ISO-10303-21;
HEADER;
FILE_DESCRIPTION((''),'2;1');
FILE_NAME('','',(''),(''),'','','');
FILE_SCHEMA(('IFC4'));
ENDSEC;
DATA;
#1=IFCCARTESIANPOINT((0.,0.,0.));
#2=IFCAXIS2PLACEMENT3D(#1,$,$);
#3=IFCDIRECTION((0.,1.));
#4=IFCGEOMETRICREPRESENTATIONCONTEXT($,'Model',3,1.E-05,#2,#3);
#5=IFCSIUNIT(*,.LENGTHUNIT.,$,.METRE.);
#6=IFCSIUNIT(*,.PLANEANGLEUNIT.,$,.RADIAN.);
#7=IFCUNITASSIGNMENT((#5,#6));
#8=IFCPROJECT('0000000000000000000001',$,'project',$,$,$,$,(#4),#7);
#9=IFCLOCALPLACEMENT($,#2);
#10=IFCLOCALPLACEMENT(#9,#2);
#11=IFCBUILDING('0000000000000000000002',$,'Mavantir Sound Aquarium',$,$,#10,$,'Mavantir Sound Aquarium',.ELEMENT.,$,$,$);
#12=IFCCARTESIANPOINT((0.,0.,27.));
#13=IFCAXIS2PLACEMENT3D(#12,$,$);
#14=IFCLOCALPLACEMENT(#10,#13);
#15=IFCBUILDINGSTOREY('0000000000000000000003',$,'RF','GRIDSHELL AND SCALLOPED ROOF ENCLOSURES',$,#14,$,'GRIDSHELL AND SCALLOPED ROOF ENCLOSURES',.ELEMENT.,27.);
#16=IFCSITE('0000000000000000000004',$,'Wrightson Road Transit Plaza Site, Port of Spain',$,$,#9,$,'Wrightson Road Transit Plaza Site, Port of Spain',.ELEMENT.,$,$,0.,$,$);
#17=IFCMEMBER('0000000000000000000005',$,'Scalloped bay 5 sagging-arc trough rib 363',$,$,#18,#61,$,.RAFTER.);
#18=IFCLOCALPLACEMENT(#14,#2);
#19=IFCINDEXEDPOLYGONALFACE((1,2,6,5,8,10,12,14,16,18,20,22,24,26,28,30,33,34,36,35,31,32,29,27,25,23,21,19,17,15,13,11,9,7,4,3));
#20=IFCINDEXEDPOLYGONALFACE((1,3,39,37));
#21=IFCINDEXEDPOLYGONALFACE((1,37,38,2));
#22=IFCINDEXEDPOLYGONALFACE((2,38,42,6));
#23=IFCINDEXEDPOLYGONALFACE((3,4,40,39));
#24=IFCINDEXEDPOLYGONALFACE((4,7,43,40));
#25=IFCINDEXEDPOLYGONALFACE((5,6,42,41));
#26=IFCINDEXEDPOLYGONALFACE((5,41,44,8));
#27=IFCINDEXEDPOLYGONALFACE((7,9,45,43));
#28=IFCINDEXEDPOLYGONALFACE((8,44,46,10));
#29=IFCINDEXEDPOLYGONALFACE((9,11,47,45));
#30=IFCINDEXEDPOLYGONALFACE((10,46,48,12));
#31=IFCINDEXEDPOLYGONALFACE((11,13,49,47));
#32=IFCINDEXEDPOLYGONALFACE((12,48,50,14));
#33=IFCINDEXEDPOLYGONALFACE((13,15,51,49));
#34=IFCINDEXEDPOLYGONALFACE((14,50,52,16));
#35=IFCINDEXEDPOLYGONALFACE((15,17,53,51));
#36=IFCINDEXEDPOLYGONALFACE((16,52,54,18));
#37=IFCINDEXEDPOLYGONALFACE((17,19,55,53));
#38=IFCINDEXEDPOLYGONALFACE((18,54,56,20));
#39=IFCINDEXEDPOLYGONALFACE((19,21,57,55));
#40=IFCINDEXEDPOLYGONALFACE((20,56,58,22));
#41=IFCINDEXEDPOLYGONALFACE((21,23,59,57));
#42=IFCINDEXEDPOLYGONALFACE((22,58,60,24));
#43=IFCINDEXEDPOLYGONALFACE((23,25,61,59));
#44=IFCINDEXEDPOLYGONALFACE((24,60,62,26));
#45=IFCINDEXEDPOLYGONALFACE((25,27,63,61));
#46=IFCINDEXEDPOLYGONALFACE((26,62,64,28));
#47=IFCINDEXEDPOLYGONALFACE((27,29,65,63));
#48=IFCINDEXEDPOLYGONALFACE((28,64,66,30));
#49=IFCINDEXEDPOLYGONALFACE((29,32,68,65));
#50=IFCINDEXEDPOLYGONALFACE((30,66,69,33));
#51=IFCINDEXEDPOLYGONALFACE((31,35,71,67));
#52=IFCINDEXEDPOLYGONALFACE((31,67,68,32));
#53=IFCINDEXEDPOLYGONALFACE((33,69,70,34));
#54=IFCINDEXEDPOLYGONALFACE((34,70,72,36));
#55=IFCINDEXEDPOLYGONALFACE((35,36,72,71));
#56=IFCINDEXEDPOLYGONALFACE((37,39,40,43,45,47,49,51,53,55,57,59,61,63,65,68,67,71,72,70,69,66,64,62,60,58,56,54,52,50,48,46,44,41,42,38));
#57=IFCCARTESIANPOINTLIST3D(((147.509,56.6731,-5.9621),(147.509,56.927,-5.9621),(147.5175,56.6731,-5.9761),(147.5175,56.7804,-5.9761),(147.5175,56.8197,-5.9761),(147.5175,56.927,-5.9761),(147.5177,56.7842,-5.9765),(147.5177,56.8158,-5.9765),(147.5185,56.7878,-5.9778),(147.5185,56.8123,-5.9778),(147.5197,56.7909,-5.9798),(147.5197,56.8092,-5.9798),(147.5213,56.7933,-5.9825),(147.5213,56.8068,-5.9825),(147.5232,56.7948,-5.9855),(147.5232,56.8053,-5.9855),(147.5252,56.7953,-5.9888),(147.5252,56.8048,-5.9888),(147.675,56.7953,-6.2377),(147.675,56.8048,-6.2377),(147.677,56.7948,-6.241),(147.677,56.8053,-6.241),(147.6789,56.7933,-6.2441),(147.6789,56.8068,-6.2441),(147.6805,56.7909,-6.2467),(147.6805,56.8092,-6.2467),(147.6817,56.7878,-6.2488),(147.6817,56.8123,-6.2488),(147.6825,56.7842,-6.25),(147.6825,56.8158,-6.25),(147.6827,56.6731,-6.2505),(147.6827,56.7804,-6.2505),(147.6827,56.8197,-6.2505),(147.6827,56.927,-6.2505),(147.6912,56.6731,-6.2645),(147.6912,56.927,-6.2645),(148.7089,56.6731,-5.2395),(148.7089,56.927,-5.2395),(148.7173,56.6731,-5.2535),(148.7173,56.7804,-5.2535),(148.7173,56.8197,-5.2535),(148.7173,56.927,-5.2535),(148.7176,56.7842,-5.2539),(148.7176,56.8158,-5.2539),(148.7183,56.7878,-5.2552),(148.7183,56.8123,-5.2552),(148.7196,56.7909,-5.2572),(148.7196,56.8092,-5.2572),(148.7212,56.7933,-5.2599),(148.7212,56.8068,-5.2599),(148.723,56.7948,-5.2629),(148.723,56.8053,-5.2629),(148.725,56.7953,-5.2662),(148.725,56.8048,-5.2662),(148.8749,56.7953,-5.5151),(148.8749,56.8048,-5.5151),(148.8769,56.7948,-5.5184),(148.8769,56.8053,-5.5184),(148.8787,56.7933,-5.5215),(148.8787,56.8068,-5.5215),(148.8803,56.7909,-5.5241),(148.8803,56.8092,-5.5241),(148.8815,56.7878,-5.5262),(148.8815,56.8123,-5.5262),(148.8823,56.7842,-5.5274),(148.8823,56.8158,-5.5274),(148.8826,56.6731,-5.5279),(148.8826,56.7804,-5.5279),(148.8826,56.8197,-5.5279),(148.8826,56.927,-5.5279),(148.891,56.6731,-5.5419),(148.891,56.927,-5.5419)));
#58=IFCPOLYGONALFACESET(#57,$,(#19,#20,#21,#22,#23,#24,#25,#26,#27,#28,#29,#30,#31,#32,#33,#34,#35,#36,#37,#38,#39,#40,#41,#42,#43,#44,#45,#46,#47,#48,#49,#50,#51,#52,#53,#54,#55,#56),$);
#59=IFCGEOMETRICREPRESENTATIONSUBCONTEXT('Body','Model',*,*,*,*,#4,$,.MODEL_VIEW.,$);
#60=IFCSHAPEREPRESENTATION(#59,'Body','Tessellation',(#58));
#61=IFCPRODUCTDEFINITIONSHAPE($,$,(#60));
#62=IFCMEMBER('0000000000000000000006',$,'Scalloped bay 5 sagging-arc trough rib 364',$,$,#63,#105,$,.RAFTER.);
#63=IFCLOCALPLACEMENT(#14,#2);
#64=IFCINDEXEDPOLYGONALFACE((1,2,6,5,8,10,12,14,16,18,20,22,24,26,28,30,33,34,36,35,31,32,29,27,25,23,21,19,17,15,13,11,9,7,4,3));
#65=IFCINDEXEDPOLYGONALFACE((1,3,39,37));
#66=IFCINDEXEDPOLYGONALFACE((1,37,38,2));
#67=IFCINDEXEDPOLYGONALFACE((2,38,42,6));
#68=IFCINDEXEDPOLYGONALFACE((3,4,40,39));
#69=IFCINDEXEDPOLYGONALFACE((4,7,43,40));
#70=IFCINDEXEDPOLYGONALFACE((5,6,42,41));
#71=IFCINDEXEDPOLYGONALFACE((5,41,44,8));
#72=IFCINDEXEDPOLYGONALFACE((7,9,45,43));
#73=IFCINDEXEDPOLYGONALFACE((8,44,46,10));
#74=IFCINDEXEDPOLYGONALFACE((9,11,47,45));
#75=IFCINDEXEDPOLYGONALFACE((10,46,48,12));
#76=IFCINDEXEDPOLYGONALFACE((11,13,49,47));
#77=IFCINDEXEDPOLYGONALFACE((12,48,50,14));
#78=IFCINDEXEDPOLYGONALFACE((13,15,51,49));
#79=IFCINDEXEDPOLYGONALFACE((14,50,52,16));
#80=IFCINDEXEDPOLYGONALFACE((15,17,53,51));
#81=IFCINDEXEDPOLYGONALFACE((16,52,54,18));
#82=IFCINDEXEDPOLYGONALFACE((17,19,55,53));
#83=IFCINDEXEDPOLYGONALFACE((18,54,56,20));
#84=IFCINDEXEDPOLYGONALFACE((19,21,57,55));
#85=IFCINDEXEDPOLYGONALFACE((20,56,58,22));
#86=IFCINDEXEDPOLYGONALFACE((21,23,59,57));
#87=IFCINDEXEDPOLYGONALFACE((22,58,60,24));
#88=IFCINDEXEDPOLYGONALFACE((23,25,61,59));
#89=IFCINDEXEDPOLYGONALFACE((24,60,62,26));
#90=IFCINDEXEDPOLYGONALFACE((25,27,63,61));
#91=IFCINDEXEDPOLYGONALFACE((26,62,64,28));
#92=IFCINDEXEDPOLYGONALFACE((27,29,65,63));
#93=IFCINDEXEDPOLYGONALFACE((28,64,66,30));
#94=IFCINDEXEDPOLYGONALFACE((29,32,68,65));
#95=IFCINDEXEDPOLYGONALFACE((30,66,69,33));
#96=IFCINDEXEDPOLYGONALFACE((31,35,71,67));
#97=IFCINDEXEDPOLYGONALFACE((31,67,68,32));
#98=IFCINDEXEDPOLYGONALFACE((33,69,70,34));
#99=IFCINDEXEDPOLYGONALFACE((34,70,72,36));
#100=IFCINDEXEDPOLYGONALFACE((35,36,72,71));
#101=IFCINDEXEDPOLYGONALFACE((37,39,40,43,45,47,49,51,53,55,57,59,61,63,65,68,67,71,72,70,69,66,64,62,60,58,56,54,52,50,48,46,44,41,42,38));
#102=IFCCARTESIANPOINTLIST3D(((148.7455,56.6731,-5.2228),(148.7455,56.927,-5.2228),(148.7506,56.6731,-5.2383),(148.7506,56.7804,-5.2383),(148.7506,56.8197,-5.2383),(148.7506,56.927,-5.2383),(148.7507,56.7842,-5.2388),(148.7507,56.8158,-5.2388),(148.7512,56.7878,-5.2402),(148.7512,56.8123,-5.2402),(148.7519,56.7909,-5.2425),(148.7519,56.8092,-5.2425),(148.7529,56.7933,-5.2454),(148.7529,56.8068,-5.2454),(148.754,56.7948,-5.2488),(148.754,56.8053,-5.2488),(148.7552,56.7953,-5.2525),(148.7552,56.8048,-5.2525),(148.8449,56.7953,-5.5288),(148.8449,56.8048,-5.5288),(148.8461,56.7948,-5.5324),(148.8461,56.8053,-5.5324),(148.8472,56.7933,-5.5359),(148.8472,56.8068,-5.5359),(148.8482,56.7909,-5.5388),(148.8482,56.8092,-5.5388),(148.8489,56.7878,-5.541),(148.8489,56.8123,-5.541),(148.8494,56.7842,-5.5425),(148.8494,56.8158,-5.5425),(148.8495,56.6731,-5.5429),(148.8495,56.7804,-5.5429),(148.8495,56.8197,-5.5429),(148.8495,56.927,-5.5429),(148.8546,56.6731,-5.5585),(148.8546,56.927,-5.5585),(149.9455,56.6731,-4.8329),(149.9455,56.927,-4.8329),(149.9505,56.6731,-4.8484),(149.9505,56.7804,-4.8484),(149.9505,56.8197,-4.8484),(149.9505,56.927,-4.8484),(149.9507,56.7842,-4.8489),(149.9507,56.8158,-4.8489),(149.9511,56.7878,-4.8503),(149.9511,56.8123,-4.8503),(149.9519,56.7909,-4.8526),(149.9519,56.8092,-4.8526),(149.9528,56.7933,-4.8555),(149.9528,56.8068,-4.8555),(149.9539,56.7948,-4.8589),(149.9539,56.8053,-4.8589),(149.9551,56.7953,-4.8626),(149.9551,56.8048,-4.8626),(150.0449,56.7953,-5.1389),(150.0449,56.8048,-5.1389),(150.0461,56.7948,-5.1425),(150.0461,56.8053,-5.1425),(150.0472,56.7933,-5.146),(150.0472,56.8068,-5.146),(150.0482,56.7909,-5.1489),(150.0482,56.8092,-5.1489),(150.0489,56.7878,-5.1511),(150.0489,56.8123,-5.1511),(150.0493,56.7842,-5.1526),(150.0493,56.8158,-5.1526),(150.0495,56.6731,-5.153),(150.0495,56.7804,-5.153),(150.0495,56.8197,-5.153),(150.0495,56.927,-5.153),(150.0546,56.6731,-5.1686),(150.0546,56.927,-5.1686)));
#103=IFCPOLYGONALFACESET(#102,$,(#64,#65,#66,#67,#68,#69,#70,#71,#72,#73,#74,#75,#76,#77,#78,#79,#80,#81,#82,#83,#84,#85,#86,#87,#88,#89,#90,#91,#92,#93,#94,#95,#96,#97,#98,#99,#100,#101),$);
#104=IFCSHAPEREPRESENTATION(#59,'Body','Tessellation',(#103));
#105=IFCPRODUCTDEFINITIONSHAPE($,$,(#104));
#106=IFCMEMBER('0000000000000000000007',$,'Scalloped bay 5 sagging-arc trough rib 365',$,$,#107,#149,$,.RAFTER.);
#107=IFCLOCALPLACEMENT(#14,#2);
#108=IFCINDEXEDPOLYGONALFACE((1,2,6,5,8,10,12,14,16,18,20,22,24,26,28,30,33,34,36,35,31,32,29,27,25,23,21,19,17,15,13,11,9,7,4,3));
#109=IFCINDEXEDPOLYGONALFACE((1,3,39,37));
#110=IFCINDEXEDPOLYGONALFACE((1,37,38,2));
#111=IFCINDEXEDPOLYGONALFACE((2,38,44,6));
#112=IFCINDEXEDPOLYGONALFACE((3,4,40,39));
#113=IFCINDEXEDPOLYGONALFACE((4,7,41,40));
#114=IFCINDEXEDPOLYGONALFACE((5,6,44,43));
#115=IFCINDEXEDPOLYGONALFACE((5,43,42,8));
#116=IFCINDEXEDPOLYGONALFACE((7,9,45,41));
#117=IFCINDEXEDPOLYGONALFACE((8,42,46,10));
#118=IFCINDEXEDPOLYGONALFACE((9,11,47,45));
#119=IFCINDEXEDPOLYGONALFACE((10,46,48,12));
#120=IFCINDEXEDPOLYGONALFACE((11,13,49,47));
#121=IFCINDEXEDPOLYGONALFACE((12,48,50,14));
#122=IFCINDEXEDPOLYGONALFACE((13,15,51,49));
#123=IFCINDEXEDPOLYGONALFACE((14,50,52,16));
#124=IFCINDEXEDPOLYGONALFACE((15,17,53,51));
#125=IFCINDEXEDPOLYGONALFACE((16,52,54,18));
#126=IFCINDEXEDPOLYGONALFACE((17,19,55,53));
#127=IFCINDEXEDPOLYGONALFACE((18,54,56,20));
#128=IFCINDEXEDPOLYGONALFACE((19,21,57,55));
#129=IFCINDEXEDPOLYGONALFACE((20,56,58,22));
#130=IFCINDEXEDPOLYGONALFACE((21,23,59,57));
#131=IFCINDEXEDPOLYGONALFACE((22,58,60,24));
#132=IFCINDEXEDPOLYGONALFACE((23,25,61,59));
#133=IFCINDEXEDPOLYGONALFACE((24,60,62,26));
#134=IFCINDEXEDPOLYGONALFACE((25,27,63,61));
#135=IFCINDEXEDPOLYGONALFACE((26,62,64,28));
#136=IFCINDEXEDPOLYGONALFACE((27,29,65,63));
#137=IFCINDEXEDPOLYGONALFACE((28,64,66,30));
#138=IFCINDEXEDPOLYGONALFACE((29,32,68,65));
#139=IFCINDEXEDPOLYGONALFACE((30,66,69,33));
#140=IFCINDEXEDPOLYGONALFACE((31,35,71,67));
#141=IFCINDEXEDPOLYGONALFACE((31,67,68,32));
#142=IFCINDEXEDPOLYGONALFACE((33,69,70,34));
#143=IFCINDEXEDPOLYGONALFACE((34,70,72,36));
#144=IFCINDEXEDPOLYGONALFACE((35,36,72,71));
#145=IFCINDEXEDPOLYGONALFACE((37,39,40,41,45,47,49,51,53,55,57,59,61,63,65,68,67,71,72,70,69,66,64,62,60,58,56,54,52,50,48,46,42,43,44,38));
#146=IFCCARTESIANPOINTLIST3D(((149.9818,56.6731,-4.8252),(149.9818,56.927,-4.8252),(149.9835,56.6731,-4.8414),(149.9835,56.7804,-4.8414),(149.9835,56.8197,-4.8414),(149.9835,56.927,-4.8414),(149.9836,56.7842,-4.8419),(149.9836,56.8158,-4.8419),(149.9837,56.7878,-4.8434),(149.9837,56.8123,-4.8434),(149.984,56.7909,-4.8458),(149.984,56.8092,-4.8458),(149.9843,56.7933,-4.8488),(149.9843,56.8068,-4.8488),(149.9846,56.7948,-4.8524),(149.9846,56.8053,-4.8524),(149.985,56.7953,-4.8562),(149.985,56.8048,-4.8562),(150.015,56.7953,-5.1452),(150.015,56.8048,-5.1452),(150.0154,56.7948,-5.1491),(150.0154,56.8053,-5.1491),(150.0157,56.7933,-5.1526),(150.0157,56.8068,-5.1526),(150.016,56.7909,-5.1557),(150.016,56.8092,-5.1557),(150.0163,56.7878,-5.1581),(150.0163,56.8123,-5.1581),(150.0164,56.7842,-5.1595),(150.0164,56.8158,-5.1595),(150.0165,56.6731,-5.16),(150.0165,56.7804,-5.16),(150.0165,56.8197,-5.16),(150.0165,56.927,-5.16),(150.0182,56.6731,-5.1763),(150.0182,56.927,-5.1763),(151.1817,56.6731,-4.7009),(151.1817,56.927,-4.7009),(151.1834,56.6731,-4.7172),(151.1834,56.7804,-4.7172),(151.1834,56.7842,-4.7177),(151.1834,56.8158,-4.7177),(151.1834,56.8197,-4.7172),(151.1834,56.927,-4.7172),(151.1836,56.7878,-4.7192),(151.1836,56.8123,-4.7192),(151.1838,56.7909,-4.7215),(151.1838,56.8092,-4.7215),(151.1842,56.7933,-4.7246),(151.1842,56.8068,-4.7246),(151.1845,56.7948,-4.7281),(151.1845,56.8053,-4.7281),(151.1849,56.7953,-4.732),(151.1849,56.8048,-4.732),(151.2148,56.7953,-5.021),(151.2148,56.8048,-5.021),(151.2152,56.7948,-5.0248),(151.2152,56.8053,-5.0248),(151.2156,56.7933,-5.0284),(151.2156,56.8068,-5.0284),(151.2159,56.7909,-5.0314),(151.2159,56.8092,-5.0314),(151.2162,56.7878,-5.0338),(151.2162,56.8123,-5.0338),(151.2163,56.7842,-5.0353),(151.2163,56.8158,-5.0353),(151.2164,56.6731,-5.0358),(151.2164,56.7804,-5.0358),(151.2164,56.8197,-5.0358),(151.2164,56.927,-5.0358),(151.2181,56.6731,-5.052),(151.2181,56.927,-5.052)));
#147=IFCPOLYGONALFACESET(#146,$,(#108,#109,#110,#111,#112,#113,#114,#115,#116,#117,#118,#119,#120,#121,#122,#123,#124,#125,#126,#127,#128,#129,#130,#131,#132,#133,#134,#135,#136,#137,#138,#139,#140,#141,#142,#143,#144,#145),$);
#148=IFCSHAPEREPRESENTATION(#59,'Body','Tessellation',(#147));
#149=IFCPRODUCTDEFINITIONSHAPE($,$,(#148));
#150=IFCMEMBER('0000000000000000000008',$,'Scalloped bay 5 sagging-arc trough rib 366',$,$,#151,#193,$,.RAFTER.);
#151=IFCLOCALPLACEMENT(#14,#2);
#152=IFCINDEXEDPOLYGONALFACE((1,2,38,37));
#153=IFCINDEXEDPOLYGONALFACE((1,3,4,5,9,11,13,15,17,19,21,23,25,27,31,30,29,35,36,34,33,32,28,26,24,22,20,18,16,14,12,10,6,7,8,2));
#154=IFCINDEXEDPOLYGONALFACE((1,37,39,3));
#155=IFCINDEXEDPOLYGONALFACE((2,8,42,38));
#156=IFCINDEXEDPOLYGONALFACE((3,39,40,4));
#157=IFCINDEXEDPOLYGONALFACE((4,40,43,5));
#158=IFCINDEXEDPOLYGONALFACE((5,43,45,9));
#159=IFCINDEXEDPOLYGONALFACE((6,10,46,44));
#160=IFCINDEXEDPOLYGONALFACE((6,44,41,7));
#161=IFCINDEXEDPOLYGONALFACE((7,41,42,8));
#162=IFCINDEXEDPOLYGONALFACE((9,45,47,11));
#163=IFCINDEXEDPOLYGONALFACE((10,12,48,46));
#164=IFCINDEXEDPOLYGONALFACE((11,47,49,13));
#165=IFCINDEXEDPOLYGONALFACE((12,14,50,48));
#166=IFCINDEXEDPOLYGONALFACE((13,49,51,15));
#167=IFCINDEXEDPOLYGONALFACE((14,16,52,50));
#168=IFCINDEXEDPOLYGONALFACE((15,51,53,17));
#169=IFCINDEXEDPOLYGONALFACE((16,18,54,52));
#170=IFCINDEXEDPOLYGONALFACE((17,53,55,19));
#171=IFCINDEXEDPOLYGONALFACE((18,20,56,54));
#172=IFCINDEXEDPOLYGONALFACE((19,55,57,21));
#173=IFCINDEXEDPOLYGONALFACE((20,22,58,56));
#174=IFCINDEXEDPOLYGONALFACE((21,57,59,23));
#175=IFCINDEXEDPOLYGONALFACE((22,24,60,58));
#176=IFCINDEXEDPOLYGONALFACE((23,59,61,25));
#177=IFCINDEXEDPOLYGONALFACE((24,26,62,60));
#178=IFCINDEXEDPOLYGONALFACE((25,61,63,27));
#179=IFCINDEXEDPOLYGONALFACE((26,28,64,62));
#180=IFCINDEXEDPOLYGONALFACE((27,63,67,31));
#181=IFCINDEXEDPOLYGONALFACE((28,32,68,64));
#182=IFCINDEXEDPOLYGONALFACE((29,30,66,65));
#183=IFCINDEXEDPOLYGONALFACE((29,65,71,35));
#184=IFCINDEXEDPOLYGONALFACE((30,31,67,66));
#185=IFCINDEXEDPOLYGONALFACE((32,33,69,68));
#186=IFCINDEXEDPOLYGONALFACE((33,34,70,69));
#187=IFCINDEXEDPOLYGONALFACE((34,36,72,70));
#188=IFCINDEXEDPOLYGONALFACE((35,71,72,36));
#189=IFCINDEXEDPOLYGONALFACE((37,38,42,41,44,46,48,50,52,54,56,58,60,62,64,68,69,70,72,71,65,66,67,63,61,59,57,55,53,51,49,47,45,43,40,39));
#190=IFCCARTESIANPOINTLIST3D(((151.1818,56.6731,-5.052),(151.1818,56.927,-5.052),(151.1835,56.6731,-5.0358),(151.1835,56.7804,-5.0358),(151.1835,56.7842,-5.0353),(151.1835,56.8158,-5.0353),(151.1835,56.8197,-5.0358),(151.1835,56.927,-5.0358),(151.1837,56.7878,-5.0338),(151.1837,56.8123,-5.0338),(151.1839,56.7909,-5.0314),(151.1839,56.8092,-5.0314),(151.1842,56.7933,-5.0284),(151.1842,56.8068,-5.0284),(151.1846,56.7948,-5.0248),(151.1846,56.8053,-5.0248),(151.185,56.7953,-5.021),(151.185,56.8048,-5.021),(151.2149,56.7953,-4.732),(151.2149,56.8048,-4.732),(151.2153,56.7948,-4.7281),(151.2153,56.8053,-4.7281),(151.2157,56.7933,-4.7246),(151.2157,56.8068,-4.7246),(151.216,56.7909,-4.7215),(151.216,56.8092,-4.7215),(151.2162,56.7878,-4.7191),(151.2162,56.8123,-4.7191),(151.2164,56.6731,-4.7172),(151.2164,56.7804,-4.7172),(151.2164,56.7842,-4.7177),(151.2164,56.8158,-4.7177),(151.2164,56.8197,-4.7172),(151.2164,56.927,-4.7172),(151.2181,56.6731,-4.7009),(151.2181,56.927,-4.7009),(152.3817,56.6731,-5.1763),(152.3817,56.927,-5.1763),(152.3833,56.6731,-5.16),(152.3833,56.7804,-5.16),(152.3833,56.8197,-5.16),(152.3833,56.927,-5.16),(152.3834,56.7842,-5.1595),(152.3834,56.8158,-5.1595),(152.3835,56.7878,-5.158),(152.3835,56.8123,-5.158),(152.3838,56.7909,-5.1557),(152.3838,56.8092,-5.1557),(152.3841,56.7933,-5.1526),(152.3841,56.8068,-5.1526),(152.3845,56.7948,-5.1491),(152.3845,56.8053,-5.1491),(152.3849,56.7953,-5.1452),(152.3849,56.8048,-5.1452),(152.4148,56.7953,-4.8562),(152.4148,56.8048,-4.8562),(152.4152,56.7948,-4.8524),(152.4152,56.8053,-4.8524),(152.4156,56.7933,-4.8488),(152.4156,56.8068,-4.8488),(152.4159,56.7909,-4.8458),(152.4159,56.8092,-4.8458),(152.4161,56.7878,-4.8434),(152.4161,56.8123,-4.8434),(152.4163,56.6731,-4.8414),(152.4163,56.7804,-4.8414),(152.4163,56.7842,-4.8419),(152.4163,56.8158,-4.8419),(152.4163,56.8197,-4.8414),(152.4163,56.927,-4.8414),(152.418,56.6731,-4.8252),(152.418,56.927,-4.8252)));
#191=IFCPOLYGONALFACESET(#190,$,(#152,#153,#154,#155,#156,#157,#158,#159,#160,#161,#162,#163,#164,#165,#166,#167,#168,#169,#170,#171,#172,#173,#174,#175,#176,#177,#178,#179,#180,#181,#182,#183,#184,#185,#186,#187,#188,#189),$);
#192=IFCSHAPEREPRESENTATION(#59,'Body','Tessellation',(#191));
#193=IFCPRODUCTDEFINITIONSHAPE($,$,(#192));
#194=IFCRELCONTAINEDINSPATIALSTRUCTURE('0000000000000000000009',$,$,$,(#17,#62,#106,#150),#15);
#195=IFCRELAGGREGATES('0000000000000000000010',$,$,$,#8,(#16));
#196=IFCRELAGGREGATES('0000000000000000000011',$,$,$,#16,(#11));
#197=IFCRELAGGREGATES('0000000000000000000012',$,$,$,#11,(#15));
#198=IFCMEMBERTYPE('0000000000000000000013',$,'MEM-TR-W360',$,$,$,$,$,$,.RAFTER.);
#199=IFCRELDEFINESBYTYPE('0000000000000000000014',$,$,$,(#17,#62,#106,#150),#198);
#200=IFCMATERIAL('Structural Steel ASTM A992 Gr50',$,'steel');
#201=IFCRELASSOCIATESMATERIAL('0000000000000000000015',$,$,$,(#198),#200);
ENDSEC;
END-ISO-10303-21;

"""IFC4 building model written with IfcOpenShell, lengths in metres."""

from ifc_helpers import new_model, si_unit, direction, frame, origin, origin_2d, place, context, subcontext, project, spatial, i_section, extrude, material, material_profile, profile_set, type_object, element, save


model = new_model("IFC4")

# Units and contexts
model_context = context("Model", 3, precision=1e-05, world=origin(), true_north=direction((0.0, 1.0)))
body_context = subcontext(model_context, "Body", "Model", "MODEL_VIEW")
ifc_project = project(units=[si_unit("LENGTHUNIT", "METRE"), si_unit("PLANEANGLEUNIT", "RADIAN")], contexts=[model_context])

# Site, building, storey
site_placement = place(None, origin())
site = spatial("IfcSite", under=ifc_project, at=site_placement, Name="Wrightson Road Transit Plaza Site, Port of Spain", LongName="Wrightson Road Transit Plaza Site, Port of Spain", CompositionType="ELEMENT", RefElevation=0.0)
building_placement = place(site_placement, origin())
building = spatial("IfcBuilding", under=site, at=building_placement, Name="Mavantir Sound Aquarium", LongName="Mavantir Sound Aquarium", CompositionType="ELEMENT")
storey_placement = place(building_placement, frame((0.0, 0.0, 27.0)))
storey = spatial("IfcBuildingStorey", under=building, at=storey_placement, Name="RF", Description="GRIDSHELL AND SCALLOPED ROOF ENCLOSURES", LongName="GRIDSHELL AND SCALLOPED ROOF ENCLOSURES", CompositionType="ELEMENT", Elevation=27.0)

# Shared definitions
ifc_material_1 = material(Name="Structural Steel ASTM A992 Gr50", Category="steel")

# Members
ifc_material_profile_1 = material_profile(ifc_material_1, i_section(OverallWidth=0.2539, OverallDepth=0.353, WebThickness=0.0095, FlangeThickness=0.0164, FilletRadius=0.0149, at=origin_2d()), Name="W360X91")
ifc_profile_set_1 = profile_set([ifc_material_profile_1], Name="Structural Steel ASTM A992 Gr50")
member_type_1 = type_object("IfcMemberType", Name="MEM-TR-W360", PredefinedType="RAFTER", material=ifc_profile_set_1)
member_1_placement = place(storey_placement, frame((147.6001, 56.8, -6.1133), z_axis=(0.856646, 0.0, 0.515905), x_axis=(0.0, 1.0, 0.0)))
element("IfcMember", 1, at=member_1_placement, inside=storey, type_object=member_type_1, Name="Scalloped bay 5 sagging-arc trough rib 363", PredefinedType="RAFTER", context=body_context, shape_type="SweptSolid", body=[
    extrude(i_section(OverallWidth=0.2539, OverallDepth=0.353, WebThickness=0.0095, FlangeThickness=0.0164, FilletRadius=0.0149, at=origin_2d()), origin(), (0.0, 0.0, 1.0), 1.4006),
])
member_2_placement = place(storey_placement, frame((148.8, 56.8, -5.3906), z_axis=(0.951055, 0.0, 0.30902), x_axis=(0.0, 1.0, 0.0)))
element("IfcMember", 2, at=member_2_placement, inside=storey, type_object=member_type_1, Name="Scalloped bay 5 sagging-arc trough rib 364", PredefinedType="RAFTER", context=body_context, shape_type="SweptSolid", body=[
    extrude(i_section(OverallWidth=0.2539, OverallDepth=0.353, WebThickness=0.0095, FlangeThickness=0.0164, FilletRadius=0.0149, at=origin_2d()), origin(), (0.0, 0.0, 1.0), 1.2617),
])
for number, where, z_axis, x_axis, name in (
    (3, (150.0, 56.8, -5.0007), (0.99468, 0.0, 0.10301), (0.0, 1.0, 0.0), "Scalloped bay 5 sagging-arc trough rib 365"),
    (4, (151.2, 56.8, -4.8765), (0.99468, 0.0, -0.10301), (0.0, 1.0, 0.0), "Scalloped bay 5 sagging-arc trough rib 366"),
):
    element("IfcMember", number, at=place(storey_placement, frame(where, z_axis=z_axis, x_axis=x_axis)), inside=storey, type_object=member_type_1, Name=name, PredefinedType="RAFTER", context=body_context, shape_type="SweptSolid", body=[
        extrude(i_section(OverallWidth=0.2539, OverallDepth=0.353, WebThickness=0.0095, FlangeThickness=0.0164, FilletRadius=0.0149, at=origin_2d()), origin(), (0.0, 0.0, 1.0), 1.2063),
    ])

save(model, "model.ifc")
